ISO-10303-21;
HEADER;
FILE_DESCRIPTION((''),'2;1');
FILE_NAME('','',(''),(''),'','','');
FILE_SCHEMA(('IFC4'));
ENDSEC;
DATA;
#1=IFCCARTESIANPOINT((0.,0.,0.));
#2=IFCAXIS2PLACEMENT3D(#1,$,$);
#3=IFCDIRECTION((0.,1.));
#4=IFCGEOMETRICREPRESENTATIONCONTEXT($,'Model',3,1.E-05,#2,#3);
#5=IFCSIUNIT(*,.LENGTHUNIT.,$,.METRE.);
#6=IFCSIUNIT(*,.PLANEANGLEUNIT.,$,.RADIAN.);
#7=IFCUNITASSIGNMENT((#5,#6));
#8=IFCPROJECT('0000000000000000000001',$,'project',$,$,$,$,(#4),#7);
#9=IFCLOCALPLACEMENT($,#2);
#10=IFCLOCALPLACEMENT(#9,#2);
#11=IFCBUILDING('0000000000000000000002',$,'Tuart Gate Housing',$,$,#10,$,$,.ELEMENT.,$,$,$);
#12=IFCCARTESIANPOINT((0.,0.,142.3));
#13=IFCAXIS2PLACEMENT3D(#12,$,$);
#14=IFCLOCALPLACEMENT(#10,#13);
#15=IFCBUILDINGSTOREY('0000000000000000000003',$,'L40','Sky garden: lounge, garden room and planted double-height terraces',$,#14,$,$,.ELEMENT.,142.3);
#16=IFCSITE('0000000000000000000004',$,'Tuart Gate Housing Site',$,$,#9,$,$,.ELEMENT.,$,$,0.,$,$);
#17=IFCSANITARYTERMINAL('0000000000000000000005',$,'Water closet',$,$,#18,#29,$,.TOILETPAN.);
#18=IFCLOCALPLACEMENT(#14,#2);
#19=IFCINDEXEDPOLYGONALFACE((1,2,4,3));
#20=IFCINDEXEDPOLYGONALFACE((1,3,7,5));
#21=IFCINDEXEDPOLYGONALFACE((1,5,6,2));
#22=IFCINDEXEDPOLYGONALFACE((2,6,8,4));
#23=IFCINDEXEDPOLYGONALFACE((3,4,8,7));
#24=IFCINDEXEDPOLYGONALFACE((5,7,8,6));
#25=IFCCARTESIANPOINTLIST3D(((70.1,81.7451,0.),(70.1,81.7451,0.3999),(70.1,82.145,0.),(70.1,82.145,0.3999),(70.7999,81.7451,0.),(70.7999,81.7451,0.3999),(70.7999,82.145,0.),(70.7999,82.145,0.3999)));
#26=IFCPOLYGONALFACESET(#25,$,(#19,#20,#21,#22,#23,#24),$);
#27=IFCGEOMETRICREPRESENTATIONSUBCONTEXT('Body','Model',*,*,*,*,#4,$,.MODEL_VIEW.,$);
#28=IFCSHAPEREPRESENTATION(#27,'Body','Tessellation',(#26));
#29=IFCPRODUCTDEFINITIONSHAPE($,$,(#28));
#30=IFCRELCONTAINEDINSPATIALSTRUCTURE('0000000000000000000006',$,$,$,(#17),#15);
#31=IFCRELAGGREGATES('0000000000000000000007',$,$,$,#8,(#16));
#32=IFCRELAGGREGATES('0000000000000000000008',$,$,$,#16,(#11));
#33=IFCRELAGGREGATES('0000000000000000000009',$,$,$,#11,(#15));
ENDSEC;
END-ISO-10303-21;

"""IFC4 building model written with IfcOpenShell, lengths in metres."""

from ifc_helpers import new_model, si_unit, direction, frame, origin, origin_2d, place, context, subcontext, project, spatial, rectangle, extrude, element, save


model = new_model("IFC4")

# Units and contexts
model_context = context("Model", 3, precision=1e-05, world=origin(), true_north=direction((0.0, 1.0)))
body_context = subcontext(model_context, "Body", "Model", "MODEL_VIEW")
ifc_project = project(units=[si_unit("LENGTHUNIT", "METRE"), si_unit("PLANEANGLEUNIT", "RADIAN")], contexts=[model_context])

# Site, building, storey
site_placement = place(None, origin())
site = spatial("IfcSite", under=ifc_project, at=site_placement, Name="Tuart Gate Housing Site", CompositionType="ELEMENT", RefElevation=0.0)
building_placement = place(site_placement, origin())
building = spatial("IfcBuilding", under=site, at=building_placement, Name="Tuart Gate Housing", CompositionType="ELEMENT")
storey_placement = place(building_placement, frame((0.0, 0.0, 142.3)))
storey = spatial("IfcBuildingStorey", under=building, at=storey_placement, Name="L40", Description="Sky garden: lounge, garden room and planted double-height terraces", CompositionType="ELEMENT", Elevation=142.3)

# Sanitary terminal
for number, where, z_axis, x_axis, name in (
    (1, (70.45, 81.9451, 0.0), (0.0, 0.0, 1.0), (1.0, 0.0, 0.0), "Water closet"),
):
    element("IfcSanitaryTerminal", number, at=place(storey_placement, frame(where, z_axis=z_axis, x_axis=x_axis)), inside=storey, Name=name, PredefinedType="TOILETPAN", context=body_context, shape_type="SweptSolid", body=[
        extrude(rectangle(XDim=0.7, YDim=0.3999, at=origin_2d()), origin(), (0.0, 0.0, 1.0), 0.3999),
    ])

save(model, "model.ifc")
